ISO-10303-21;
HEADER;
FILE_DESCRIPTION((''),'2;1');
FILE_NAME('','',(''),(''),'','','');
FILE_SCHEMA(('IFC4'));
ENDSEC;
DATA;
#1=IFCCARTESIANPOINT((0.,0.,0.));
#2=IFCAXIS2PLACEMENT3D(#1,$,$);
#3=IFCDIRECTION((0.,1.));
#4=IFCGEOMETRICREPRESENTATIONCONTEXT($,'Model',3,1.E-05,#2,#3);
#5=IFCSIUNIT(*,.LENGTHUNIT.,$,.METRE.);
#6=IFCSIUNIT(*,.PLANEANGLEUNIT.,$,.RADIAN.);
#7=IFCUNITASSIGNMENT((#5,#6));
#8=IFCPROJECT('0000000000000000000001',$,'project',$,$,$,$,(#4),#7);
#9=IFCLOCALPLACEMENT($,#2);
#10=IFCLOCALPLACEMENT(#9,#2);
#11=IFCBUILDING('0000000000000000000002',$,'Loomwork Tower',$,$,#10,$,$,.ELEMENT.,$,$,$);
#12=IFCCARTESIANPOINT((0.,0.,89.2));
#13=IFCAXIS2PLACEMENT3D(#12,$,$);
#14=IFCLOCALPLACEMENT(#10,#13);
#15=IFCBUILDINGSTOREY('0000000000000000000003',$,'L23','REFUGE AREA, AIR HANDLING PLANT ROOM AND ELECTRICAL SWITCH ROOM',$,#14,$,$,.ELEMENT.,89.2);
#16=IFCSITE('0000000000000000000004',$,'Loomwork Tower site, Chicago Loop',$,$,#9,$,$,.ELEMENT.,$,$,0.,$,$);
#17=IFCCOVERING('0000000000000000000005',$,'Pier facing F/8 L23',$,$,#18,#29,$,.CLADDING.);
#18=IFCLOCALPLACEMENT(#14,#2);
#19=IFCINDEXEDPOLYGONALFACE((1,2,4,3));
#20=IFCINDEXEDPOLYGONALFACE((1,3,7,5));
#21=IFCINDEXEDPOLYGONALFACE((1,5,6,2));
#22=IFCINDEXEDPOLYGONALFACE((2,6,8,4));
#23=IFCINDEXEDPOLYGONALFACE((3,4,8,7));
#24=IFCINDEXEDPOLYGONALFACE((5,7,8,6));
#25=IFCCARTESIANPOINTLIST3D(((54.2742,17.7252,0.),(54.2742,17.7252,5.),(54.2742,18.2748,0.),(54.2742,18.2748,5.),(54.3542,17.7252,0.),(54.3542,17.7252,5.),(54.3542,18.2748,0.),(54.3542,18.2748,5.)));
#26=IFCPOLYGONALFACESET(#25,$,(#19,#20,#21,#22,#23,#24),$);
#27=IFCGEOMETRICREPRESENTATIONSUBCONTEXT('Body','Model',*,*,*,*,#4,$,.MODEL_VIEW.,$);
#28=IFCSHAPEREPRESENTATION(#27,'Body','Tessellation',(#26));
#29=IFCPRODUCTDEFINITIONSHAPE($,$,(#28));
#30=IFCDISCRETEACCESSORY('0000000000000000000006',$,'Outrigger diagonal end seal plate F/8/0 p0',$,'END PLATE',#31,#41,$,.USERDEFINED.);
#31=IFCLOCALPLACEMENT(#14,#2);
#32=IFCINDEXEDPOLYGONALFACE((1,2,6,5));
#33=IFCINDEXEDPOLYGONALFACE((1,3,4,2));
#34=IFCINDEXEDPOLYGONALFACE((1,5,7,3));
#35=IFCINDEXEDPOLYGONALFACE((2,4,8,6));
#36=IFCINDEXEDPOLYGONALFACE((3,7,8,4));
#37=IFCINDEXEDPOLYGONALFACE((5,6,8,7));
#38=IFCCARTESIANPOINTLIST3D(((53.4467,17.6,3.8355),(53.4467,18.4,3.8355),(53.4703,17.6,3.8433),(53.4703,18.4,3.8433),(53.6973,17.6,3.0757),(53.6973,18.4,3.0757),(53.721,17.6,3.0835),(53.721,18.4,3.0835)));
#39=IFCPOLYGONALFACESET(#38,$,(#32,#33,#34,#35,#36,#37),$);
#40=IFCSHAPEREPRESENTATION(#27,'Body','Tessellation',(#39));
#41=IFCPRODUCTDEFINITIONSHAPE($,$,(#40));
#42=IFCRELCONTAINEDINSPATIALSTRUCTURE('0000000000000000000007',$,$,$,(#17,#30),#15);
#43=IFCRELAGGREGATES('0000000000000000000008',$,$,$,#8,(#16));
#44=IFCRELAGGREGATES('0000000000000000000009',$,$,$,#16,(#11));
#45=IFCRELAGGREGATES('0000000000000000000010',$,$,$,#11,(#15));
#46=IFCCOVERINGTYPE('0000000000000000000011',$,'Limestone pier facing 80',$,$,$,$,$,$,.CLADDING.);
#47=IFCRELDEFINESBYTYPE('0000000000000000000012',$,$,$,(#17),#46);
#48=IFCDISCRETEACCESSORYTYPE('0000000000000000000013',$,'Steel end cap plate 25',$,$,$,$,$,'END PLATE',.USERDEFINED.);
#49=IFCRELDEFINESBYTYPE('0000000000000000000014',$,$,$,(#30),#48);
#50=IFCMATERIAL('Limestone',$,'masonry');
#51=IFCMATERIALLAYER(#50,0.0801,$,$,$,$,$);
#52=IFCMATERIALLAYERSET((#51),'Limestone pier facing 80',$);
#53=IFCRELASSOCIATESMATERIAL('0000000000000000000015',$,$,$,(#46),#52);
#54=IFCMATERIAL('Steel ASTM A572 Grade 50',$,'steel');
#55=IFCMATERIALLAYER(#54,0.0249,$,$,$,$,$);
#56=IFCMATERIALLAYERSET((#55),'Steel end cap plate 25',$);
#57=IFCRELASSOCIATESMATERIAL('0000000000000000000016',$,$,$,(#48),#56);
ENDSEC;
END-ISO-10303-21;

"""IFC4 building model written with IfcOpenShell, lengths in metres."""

from ifc_helpers import new_model, si_unit, direction, frame, origin, origin_2d, place, context, subcontext, project, spatial, rectangle, extrude, material, layer, layer_set, type_object, element, save


model = new_model("IFC4")

# Units and contexts
model_context = context("Model", 3, precision=1e-05, world=origin(), true_north=direction((0.0, 1.0)))
body_context = subcontext(model_context, "Body", "Model", "MODEL_VIEW")
ifc_project = project(units=[si_unit("LENGTHUNIT", "METRE"), si_unit("PLANEANGLEUNIT", "RADIAN")], contexts=[model_context])

# Site, building, storey
site_placement = place(None, origin())
site = spatial("IfcSite", under=ifc_project, at=site_placement, Name="Loomwork Tower site, Chicago Loop", CompositionType="ELEMENT", RefElevation=0.0)
building_placement = place(site_placement, origin())
building = spatial("IfcBuilding", under=site, at=building_placement, Name="Loomwork Tower", CompositionType="ELEMENT")
storey_placement = place(building_placement, frame((0.0, 0.0, 89.2)))
storey = spatial("IfcBuildingStorey", under=building, at=storey_placement, Name="L23", Description="REFUGE AREA, AIR HANDLING PLANT ROOM AND ELECTRICAL SWITCH ROOM", CompositionType="ELEMENT", Elevation=89.2)

# Covering
ifc_material_1 = material(Name="Limestone", Category="masonry")
ifc_layer_1 = layer(ifc_material_1, 0.0801)
ifc_layer_set_1 = layer_set([ifc_layer_1], Name="Limestone pier facing 80")
covering_type = type_object("IfcCoveringType", Name="Limestone pier facing 80", PredefinedType="CLADDING", material=ifc_layer_set_1)
covering_placement = place(storey_placement, frame((54.3142, 18.0, 0.0), z_axis=(0.0, 0.0, 1.0), x_axis=(1.0, 0.0, 0.0)))
element("IfcCovering", 1, at=covering_placement, inside=storey, type_object=covering_type, Name="Pier facing F/8 L23", PredefinedType="CLADDING", context=body_context, shape_type="SweptSolid", body=[
    extrude(rectangle(XDim=0.0801, YDim=0.5496, at=origin_2d()), origin(), (0.0, 0.0, 1.0), 5.0),
])

# Discrete accessory
ifc_material_2 = material(Name="Steel ASTM A572 Grade 50", Category="steel")
ifc_layer_2 = layer(ifc_material_2, 0.0249)
ifc_layer_set_2 = layer_set([ifc_layer_2], Name="Steel end cap plate 25")
discrete_accessory_type = type_object("IfcDiscreteAccessoryType", Name="Steel end cap plate 25", ElementType="END PLATE", PredefinedType="USERDEFINED", material=ifc_layer_set_2)
discrete_accessory_placement = place(storey_placement, frame((53.572, 18.0, 3.4556), z_axis=(0.949658, 0.0, 0.313289), x_axis=(0.0, 1.0, 0.0)))
element("IfcDiscreteAccessory", 2, at=discrete_accessory_placement, inside=storey, type_object=discrete_accessory_type, Name="Outrigger diagonal end seal plate F/8/0 p0", ObjectType="END PLATE", PredefinedType="USERDEFINED", context=body_context, shape_type="SweptSolid", body=[
    extrude(rectangle(XDim=0.8, YDim=0.8, at=origin_2d()), origin(), (0.0, 0.0, 1.0), 0.0249),
])

save(model, "model.ifc")
